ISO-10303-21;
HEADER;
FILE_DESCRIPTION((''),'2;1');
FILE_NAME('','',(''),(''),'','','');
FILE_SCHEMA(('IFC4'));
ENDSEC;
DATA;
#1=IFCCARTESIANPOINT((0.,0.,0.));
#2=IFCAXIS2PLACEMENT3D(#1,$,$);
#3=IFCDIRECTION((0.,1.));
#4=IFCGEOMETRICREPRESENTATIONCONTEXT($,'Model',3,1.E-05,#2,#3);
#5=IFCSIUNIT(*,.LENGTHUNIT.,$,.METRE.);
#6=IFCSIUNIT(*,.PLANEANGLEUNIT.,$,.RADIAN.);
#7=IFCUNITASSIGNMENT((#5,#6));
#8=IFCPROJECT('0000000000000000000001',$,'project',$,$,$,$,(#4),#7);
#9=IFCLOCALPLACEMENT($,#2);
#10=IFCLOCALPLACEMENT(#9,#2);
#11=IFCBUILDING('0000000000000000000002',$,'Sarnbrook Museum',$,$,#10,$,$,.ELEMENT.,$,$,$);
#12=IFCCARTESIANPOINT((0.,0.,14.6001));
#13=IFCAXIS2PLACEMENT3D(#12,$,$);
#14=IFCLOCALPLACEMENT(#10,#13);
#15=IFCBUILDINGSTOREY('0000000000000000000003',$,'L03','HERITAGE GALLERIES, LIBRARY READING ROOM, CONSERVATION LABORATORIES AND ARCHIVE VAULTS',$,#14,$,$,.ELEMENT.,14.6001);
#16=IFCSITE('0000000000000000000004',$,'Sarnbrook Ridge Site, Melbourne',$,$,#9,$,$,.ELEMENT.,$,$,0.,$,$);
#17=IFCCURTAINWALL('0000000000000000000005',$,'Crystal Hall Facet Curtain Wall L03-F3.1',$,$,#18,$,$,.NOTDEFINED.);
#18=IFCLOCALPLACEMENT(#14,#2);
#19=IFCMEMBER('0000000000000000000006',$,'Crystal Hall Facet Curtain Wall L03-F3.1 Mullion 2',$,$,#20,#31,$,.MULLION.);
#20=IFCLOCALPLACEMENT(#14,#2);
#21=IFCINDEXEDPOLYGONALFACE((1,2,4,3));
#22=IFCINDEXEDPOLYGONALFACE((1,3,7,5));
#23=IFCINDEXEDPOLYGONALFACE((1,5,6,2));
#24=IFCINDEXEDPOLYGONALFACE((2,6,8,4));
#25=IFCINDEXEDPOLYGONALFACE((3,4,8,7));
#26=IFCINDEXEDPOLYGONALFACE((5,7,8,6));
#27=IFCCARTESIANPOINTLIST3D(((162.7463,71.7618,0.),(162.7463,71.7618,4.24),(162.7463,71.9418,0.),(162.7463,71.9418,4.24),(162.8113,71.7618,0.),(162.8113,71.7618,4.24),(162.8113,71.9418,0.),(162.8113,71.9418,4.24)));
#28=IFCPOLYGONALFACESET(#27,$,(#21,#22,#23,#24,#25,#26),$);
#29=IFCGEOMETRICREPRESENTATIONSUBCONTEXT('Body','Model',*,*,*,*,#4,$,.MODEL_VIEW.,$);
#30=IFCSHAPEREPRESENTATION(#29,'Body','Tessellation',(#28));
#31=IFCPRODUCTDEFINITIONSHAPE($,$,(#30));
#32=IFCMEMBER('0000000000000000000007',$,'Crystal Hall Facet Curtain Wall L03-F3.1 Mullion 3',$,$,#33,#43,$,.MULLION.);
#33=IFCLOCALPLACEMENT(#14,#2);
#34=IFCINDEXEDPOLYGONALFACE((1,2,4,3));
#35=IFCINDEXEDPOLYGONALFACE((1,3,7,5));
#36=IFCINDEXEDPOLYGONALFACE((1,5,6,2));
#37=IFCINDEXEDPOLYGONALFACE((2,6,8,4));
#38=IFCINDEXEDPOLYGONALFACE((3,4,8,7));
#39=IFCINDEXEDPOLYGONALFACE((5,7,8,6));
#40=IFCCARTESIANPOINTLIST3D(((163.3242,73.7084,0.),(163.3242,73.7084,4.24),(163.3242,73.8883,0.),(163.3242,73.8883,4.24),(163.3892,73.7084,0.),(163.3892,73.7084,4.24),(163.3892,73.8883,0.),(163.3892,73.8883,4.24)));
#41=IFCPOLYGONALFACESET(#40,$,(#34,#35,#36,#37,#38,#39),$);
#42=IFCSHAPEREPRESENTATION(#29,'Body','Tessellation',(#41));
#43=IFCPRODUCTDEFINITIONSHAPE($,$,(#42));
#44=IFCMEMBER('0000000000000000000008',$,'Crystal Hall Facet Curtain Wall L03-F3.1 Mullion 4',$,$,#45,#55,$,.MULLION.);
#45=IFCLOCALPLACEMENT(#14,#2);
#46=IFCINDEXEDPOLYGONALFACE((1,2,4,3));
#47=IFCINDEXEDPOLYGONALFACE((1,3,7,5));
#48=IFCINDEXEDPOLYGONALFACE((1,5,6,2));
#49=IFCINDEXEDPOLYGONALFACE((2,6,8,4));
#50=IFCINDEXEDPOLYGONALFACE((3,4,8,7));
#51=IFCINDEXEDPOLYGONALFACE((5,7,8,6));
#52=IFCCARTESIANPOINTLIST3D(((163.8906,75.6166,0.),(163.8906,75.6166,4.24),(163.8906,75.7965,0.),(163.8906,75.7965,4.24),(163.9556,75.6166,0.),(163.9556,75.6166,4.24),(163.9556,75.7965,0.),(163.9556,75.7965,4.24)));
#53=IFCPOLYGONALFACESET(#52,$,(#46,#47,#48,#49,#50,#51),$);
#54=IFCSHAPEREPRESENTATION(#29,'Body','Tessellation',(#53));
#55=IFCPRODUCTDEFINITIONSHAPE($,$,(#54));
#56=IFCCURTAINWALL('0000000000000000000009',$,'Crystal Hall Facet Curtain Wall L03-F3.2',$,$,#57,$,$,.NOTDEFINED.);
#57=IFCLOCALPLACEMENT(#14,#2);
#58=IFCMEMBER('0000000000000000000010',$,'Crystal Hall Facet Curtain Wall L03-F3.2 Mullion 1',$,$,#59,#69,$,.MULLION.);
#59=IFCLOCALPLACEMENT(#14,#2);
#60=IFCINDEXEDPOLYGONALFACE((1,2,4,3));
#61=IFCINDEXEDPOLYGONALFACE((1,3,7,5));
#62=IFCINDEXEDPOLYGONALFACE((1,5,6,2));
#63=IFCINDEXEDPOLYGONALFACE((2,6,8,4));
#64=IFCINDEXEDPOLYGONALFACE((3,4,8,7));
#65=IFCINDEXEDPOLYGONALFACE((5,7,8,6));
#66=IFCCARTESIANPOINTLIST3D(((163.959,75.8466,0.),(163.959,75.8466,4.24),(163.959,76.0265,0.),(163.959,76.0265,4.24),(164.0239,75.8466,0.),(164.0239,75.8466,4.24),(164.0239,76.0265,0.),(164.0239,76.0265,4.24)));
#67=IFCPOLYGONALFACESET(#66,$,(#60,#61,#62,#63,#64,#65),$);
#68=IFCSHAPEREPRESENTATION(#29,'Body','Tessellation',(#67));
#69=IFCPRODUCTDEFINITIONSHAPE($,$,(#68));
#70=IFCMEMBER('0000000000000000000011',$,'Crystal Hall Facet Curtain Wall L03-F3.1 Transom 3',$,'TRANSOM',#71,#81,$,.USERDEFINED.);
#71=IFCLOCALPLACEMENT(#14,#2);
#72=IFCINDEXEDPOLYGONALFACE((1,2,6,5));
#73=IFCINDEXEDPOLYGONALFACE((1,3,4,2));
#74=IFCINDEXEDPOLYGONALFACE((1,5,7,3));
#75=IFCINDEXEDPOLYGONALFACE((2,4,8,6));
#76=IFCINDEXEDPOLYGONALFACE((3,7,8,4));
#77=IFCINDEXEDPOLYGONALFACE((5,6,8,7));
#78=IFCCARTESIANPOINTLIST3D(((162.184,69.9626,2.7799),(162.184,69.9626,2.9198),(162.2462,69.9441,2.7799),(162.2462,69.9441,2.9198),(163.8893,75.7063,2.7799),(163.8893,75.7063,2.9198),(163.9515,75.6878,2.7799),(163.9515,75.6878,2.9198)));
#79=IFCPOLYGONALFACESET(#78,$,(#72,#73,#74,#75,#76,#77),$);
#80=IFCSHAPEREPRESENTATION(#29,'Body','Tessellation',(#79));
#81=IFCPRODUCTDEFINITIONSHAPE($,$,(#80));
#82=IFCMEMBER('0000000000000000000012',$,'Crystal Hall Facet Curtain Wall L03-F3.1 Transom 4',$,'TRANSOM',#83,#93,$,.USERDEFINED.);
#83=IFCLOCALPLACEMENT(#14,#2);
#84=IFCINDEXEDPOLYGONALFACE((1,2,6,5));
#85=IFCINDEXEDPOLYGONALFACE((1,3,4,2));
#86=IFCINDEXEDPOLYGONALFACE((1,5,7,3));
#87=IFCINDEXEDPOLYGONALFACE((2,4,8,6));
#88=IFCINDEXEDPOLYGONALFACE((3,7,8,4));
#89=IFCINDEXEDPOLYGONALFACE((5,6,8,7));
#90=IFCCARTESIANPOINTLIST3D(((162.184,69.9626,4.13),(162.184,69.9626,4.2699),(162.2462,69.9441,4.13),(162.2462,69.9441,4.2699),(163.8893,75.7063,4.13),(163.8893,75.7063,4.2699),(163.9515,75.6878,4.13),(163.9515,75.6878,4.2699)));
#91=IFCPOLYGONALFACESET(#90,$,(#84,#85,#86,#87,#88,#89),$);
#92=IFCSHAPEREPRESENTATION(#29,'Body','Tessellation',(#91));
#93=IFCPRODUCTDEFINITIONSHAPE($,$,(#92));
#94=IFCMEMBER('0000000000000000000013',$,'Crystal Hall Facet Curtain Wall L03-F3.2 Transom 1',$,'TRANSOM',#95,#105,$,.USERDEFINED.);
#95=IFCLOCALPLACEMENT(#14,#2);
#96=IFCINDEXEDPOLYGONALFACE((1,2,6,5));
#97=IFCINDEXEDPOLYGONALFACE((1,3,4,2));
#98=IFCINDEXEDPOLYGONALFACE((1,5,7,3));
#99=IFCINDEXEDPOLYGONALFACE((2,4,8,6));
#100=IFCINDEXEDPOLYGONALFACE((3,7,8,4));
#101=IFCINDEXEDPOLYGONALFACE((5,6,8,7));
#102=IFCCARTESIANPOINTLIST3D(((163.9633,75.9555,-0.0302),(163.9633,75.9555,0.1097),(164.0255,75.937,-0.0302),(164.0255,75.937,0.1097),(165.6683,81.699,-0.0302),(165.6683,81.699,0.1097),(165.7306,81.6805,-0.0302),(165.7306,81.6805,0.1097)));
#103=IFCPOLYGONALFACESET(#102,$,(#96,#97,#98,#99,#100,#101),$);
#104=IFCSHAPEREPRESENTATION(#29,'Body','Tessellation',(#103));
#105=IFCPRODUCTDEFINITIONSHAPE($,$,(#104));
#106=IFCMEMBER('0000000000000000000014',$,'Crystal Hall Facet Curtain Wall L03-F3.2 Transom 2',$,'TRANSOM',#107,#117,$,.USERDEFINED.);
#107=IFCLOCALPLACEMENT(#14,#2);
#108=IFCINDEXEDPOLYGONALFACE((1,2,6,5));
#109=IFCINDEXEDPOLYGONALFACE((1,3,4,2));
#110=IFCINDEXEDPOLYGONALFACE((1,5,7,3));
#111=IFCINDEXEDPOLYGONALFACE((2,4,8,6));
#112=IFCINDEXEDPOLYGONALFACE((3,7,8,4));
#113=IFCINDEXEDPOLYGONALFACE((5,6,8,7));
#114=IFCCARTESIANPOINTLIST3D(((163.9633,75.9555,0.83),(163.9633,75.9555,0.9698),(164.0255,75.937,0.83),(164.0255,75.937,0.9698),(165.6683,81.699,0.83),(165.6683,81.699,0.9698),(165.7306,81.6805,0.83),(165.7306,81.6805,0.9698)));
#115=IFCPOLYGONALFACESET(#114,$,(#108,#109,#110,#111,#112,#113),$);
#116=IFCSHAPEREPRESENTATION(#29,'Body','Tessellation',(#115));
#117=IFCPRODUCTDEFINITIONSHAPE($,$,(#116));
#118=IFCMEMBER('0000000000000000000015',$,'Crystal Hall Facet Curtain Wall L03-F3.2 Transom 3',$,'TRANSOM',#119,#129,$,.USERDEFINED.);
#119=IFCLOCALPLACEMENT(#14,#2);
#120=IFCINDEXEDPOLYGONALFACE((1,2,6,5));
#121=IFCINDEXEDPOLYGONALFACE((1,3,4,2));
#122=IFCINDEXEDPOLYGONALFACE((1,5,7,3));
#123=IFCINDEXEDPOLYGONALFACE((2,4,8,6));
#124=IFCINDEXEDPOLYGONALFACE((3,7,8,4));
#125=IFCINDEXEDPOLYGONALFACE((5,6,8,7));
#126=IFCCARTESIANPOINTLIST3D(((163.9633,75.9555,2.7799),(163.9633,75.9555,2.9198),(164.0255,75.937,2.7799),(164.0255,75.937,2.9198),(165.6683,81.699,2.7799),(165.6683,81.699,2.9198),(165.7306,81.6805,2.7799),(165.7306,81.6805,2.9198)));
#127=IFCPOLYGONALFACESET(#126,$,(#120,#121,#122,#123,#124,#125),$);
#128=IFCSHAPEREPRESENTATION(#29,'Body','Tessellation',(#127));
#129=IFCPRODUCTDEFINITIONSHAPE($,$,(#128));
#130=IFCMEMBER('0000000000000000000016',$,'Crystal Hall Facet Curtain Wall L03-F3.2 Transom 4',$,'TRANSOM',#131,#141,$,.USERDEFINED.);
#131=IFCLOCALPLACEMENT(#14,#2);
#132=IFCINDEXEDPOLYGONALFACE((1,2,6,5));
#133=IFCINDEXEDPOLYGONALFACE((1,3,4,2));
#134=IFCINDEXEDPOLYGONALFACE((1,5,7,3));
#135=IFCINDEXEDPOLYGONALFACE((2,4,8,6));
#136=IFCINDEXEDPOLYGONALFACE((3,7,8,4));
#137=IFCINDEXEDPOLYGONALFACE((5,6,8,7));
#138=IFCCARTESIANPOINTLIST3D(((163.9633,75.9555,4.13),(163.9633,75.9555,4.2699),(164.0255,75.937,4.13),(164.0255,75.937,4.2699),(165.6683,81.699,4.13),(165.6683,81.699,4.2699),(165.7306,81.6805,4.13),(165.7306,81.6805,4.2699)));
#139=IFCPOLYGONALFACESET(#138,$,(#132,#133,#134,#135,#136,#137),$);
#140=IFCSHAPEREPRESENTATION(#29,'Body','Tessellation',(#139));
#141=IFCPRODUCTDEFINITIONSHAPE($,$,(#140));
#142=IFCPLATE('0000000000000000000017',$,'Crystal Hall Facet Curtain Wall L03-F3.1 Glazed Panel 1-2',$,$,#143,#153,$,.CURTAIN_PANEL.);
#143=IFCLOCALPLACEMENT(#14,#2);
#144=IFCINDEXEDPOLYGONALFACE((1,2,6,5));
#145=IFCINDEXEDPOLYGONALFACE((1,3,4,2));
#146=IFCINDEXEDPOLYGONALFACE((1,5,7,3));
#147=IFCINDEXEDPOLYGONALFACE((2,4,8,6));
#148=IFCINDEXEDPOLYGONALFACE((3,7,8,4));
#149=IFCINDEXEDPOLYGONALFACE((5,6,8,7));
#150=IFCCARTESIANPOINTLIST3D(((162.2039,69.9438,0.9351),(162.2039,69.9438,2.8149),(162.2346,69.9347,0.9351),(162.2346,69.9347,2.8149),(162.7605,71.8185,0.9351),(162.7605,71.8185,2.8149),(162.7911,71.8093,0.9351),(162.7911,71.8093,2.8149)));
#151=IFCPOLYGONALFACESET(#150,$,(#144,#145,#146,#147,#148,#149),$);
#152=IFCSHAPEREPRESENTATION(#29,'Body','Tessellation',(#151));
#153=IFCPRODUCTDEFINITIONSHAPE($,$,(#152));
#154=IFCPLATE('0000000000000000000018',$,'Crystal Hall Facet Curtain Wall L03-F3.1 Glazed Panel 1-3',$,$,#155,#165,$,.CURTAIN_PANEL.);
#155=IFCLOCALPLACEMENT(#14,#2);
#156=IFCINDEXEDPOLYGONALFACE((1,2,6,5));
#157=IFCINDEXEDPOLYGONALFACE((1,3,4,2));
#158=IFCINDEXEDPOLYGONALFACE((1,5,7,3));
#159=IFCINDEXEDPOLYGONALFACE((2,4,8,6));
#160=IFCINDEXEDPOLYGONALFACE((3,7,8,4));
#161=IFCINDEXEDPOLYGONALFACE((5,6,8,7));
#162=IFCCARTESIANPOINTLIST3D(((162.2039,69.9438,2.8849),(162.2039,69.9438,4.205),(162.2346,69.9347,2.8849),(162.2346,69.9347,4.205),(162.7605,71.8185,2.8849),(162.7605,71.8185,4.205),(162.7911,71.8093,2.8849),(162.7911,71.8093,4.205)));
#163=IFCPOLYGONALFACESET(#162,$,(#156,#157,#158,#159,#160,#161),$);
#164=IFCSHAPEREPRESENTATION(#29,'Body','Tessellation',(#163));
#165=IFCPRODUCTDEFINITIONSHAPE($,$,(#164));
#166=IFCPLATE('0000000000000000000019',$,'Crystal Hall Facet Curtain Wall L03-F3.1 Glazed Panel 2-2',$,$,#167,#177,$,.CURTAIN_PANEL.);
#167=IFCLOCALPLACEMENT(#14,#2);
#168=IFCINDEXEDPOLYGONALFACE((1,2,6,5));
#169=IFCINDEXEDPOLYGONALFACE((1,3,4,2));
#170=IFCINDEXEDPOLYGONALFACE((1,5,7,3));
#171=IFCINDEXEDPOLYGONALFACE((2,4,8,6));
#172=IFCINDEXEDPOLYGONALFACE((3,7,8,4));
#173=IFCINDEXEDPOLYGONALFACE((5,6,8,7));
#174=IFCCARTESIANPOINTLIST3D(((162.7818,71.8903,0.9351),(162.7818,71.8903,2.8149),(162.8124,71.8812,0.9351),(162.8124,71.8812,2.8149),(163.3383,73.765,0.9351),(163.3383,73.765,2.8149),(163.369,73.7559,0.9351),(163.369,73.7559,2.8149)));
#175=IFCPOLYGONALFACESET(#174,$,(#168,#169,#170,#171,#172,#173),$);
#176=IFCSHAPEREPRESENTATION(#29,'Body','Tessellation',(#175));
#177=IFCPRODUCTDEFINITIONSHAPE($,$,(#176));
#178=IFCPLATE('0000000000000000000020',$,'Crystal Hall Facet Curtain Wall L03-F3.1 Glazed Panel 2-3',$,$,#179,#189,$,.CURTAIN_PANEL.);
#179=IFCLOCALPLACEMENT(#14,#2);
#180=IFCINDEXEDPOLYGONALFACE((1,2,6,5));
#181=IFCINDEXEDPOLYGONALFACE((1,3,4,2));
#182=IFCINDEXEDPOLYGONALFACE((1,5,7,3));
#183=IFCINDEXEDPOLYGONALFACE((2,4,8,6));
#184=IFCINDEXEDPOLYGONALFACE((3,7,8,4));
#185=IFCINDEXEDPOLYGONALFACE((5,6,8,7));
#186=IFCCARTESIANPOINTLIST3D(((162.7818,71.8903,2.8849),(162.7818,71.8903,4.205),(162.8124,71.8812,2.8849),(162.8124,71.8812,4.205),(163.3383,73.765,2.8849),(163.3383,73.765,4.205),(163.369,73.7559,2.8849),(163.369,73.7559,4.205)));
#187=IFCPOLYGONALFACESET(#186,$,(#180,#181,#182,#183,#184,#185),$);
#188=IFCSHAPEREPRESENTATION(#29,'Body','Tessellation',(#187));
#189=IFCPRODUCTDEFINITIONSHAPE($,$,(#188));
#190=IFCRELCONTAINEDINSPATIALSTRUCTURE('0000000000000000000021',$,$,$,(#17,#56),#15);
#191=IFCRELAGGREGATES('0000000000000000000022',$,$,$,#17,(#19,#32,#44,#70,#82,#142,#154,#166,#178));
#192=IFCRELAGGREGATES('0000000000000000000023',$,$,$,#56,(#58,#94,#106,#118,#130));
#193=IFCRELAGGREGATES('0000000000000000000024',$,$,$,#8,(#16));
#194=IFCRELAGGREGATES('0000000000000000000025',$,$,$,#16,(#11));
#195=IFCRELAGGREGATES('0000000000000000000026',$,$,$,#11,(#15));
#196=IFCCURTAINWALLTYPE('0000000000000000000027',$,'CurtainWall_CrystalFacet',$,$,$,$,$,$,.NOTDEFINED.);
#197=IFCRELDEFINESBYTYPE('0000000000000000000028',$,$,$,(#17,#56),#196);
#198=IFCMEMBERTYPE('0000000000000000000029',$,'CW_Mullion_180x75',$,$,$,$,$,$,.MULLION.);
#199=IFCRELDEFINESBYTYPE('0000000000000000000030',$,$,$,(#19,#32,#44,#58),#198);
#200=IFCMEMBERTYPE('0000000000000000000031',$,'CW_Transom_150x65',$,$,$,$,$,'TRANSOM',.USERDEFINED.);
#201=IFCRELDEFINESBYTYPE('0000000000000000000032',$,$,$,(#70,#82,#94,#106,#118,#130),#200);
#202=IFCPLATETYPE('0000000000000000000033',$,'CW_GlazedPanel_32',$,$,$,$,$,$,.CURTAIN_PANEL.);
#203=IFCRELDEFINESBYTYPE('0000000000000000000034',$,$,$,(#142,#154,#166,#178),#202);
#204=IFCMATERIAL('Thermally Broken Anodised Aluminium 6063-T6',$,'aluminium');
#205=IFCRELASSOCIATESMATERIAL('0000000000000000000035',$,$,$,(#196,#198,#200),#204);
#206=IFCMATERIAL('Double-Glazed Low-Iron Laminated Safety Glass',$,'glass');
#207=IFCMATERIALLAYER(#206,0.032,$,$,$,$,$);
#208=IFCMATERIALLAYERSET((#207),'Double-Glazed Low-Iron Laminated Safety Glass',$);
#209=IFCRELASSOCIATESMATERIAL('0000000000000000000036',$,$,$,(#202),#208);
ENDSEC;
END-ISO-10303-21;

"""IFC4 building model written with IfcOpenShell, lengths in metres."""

from ifc_helpers import new_model, si_unit, direction, frame, origin, origin_2d, place, context, subcontext, project, spatial, rectangle, extrude, material, layer, layer_set, material_profile, profile_set, type_object, element, aggregate, save


model = new_model("IFC4")

# Units and contexts
model_context = context("Model", 3, precision=1e-05, world=origin(), true_north=direction((0.0, 1.0)))
body_context = subcontext(model_context, "Body", "Model", "MODEL_VIEW")
ifc_project = project(units=[si_unit("LENGTHUNIT", "METRE"), si_unit("PLANEANGLEUNIT", "RADIAN")], contexts=[model_context])

# Site, building, storey
site_placement = place(None, origin())
site = spatial("IfcSite", under=ifc_project, at=site_placement, Name="Sarnbrook Ridge Site, Melbourne", CompositionType="ELEMENT", RefElevation=0.0)
building_placement = place(site_placement, origin())
building = spatial("IfcBuilding", under=site, at=building_placement, Name="Sarnbrook Museum", CompositionType="ELEMENT")
storey_placement = place(building_placement, frame((0.0, 0.0, 14.6001)))
storey = spatial("IfcBuildingStorey", under=building, at=storey_placement, Name="L03", Description="HERITAGE GALLERIES, LIBRARY READING ROOM, CONSERVATION LABORATORIES AND ARCHIVE VAULTS", CompositionType="ELEMENT", Elevation=14.6001)

# Curtain wall, members
ifc_material_1 = material(Name="Thermally Broken Anodised Aluminium 6063-T6", Category="aluminium")
curtain_wall_type = type_object("IfcCurtainWallType", Name="CurtainWall_CrystalFacet", PredefinedType="NOTDEFINED", material=ifc_material_1)
curtain_wall_1_placement = place(storey_placement, origin())
curtain_wall_1 = element("IfcCurtainWall", 1, at=curtain_wall_1_placement, inside=storey, type_object=curtain_wall_type, Name="Crystal Hall Facet Curtain Wall L03-F3.1", PredefinedType="NOTDEFINED")
ifc_material_profile_1 = material_profile(ifc_material_1, rectangle(XDim=0.0649, YDim=0.1799, at=origin_2d()), Name="ALU MULLION 65x180")
ifc_profile_set_1 = profile_set([ifc_material_profile_1], Name="Thermally Broken Anodised Aluminium 6063-T6")
member_type_1 = type_object("IfcMemberType", Name="CW_Mullion_180x75", PredefinedType="MULLION", material=ifc_profile_set_1)
member_1_placement = place(storey_placement, frame((162.7788, 71.8518, 0.0), z_axis=(0.0, 0.0, 1.0), x_axis=(1.0, 0.0, 0.0)))
member_1 = element("IfcMember", 2, at=member_1_placement, type_object=member_type_1, Name="Crystal Hall Facet Curtain Wall L03-F3.1 Mullion 2", PredefinedType="MULLION", context=body_context, shape_type="SweptSolid", body=[
    extrude(rectangle(XDim=0.0649, YDim=0.1799, at=origin_2d()), origin(), (0.0, 0.0, 1.0), 4.24),
])
member_2_placement = place(storey_placement, frame((163.3567, 73.7983, 0.0), z_axis=(0.0, 0.0, 1.0), x_axis=(1.0, 0.0, 0.0)))
member_2 = element("IfcMember", 3, at=member_2_placement, type_object=member_type_1, Name="Crystal Hall Facet Curtain Wall L03-F3.1 Mullion 3", PredefinedType="MULLION", context=body_context, shape_type="SweptSolid", body=[
    extrude(rectangle(XDim=0.0649, YDim=0.1799, at=origin_2d()), origin(), (0.0, 0.0, 1.0), 4.24),
])
member_3_placement = place(storey_placement, frame((163.9231, 75.7065, 0.0), z_axis=(0.0, 0.0, 1.0), x_axis=(1.0, 0.0, 0.0)))
member_3 = element("IfcMember", 4, at=member_3_placement, type_object=member_type_1, Name="Crystal Hall Facet Curtain Wall L03-F3.1 Mullion 4", PredefinedType="MULLION", context=body_context, shape_type="SweptSolid", body=[
    extrude(rectangle(XDim=0.0649, YDim=0.1799, at=origin_2d()), origin(), (0.0, 0.0, 1.0), 4.24),
])

# Curtain wall, member
curtain_wall_2_placement = place(storey_placement, origin())
curtain_wall_2 = element("IfcCurtainWall", 5, at=curtain_wall_2_placement, inside=storey, type_object=curtain_wall_type, Name="Crystal Hall Facet Curtain Wall L03-F3.2", PredefinedType="NOTDEFINED")
member_4_placement = place(storey_placement, frame((163.9915, 75.9365, 0.0), z_axis=(0.0, 0.0, 1.0), x_axis=(1.0, 0.0, 0.0)))
member_4 = element("IfcMember", 6, at=member_4_placement, type_object=member_type_1, Name="Crystal Hall Facet Curtain Wall L03-F3.2 Mullion 1", PredefinedType="MULLION", context=body_context, shape_type="SweptSolid", body=[
    extrude(rectangle(XDim=0.0649, YDim=0.1799, at=origin_2d()), origin(), (0.0, 0.0, 1.0), 4.24),
])

# Members
ifc_material_profile_2 = material_profile(ifc_material_1, rectangle(XDim=0.0649, YDim=0.1399, at=origin_2d()), Name="ALU TRANSOM 65x140")
ifc_profile_set_2 = profile_set([ifc_material_profile_2], Name="Thermally Broken Anodised Aluminium 6063-T6")
member_type_2 = type_object("IfcMemberType", Name="CW_Transom_150x65", ElementType="TRANSOM", PredefinedType="USERDEFINED", material=ifc_profile_set_2)
member_5_placement = place(storey_placement, frame((162.2151, 69.9534, 2.8499), z_axis=(0.284625, 0.958639, 0.0), x_axis=(-0.958639, 0.284625, 0.0)))
member_5 = element("IfcMember", 7, at=member_5_placement, type_object=member_type_2, Name="Crystal Hall Facet Curtain Wall L03-F3.1 Transom 3", ObjectType="TRANSOM", PredefinedType="USERDEFINED", context=body_context, shape_type="SweptSolid", body=[
    extrude(rectangle(XDim=0.0649, YDim=0.1399, at=origin_2d()), origin(), (0.0, 0.0, 1.0), 5.9915),
])
member_6_placement = place(storey_placement, frame((162.2151, 69.9534, 4.2), z_axis=(0.284625, 0.958639, 0.0), x_axis=(-0.958639, 0.284625, 0.0)))
member_6 = element("IfcMember", 8, at=member_6_placement, type_object=member_type_2, Name="Crystal Hall Facet Curtain Wall L03-F3.1 Transom 4", ObjectType="TRANSOM", PredefinedType="USERDEFINED", context=body_context, shape_type="SweptSolid", body=[
    extrude(rectangle(XDim=0.0649, YDim=0.1399, at=origin_2d()), origin(), (0.0, 0.0, 1.0), 5.9915),
])
member_7_placement = place(storey_placement, frame((163.9944, 75.9463, 0.0398), z_axis=(0.284599, 0.958647, 0.0), x_axis=(-0.958647, 0.284599, 0.0)))
member_7 = element("IfcMember", 9, at=member_7_placement, type_object=member_type_2, Name="Crystal Hall Facet Curtain Wall L03-F3.2 Transom 1", ObjectType="TRANSOM", PredefinedType="USERDEFINED", context=body_context, shape_type="SweptSolid", body=[
    extrude(rectangle(XDim=0.0649, YDim=0.1399, at=origin_2d()), origin(), (0.0, 0.0, 1.0), 5.9912),
])
member_8_placement = place(storey_placement, frame((163.9944, 75.9463, 0.8999), z_axis=(0.284599, 0.958647, 0.0), x_axis=(-0.958647, 0.284599, 0.0)))
member_8 = element("IfcMember", 10, at=member_8_placement, type_object=member_type_2, Name="Crystal Hall Facet Curtain Wall L03-F3.2 Transom 2", ObjectType="TRANSOM", PredefinedType="USERDEFINED", context=body_context, shape_type="SweptSolid", body=[
    extrude(rectangle(XDim=0.0649, YDim=0.1399, at=origin_2d()), origin(), (0.0, 0.0, 1.0), 5.9912),
])
member_9_placement = place(storey_placement, frame((163.9944, 75.9463, 2.8499), z_axis=(0.284599, 0.958647, 0.0), x_axis=(-0.958647, 0.284599, 0.0)))
member_9 = element("IfcMember", 11, at=member_9_placement, type_object=member_type_2, Name="Crystal Hall Facet Curtain Wall L03-F3.2 Transom 3", ObjectType="TRANSOM", PredefinedType="USERDEFINED", context=body_context, shape_type="SweptSolid", body=[
    extrude(rectangle(XDim=0.0649, YDim=0.1399, at=origin_2d()), origin(), (0.0, 0.0, 1.0), 5.9912),
])
member_10_placement = place(storey_placement, frame((163.9944, 75.9463, 4.2), z_axis=(0.284599, 0.958647, 0.0), x_axis=(-0.958647, 0.284599, 0.0)))
member_10 = element("IfcMember", 12, at=member_10_placement, type_object=member_type_2, Name="Crystal Hall Facet Curtain Wall L03-F3.2 Transom 4", ObjectType="TRANSOM", PredefinedType="USERDEFINED", context=body_context, shape_type="SweptSolid", body=[
    extrude(rectangle(XDim=0.0649, YDim=0.1399, at=origin_2d()), origin(), (0.0, 0.0, 1.0), 5.9912),
])

# Plates
ifc_material_2 = material(Name="Double-Glazed Low-Iron Laminated Safety Glass", Category="glass")
ifc_layer_1 = layer(ifc_material_2, 0.032)
ifc_layer_set_1 = layer_set([ifc_layer_1], Name="Double-Glazed Low-Iron Laminated Safety Glass")
plate_type_1 = type_object("IfcPlateType", Name="CW_GlazedPanel_32", PredefinedType="CURTAIN_PANEL", material=ifc_layer_set_1)
plate_1_placement = place(storey_placement, frame((162.4822, 70.8811, 1.875), z_axis=(0.958645, -0.284603, 0.0), x_axis=(0.284603, 0.958645, 0.0)))
plate_1 = element("IfcPlate", 13, at=plate_1_placement, type_object=plate_type_1, Name="Crystal Hall Facet Curtain Wall L03-F3.1 Glazed Panel 1-2", PredefinedType="CURTAIN_PANEL", context=body_context, shape_type="SweptSolid", body=[
    extrude(rectangle(XDim=1.9556, YDim=1.8799, at=origin_2d()), origin(), (0.0, 0.0, 1.0), 0.032),
])
plate_2_placement = place(storey_placement, frame((162.4822, 70.8811, 3.5449), z_axis=(0.958645, -0.284603, 0.0), x_axis=(0.284603, 0.958645, 0.0)))
plate_2 = element("IfcPlate", 14, at=plate_2_placement, type_object=plate_type_1, Name="Crystal Hall Facet Curtain Wall L03-F3.1 Glazed Panel 1-3", PredefinedType="CURTAIN_PANEL", context=body_context, shape_type="SweptSolid", body=[
    extrude(rectangle(XDim=1.9556, YDim=1.3201, at=origin_2d()), origin(), (0.0, 0.0, 1.0), 0.032),
])
plate_3_placement = place(storey_placement, frame((163.0601, 72.8276, 1.875), z_axis=(0.958645, -0.284603, 0.0), x_axis=(0.284603, 0.958645, 0.0)))
plate_3 = element("IfcPlate", 15, at=plate_3_placement, type_object=plate_type_1, Name="Crystal Hall Facet Curtain Wall L03-F3.1 Glazed Panel 2-2", PredefinedType="CURTAIN_PANEL", context=body_context, shape_type="SweptSolid", body=[
    extrude(rectangle(XDim=1.9556, YDim=1.8799, at=origin_2d()), origin(), (0.0, 0.0, 1.0), 0.032),
])
plate_4_placement = place(storey_placement, frame((163.0601, 72.8276, 3.5449), z_axis=(0.958645, -0.284603, 0.0), x_axis=(0.284603, 0.958645, 0.0)))
plate_4 = element("IfcPlate", 16, at=plate_4_placement, type_object=plate_type_1, Name="Crystal Hall Facet Curtain Wall L03-F3.1 Glazed Panel 2-3", PredefinedType="CURTAIN_PANEL", context=body_context, shape_type="SweptSolid", body=[
    extrude(rectangle(XDim=1.9556, YDim=1.3201, at=origin_2d()), origin(), (0.0, 0.0, 1.0), 0.032),
])
aggregate(curtain_wall_1, [member_1, member_2, member_3, member_5, member_6, plate_1, plate_2, plate_3, plate_4])
aggregate(curtain_wall_2, [member_4, member_7, member_8, member_9, member_10])

save(model, "model.ifc")
